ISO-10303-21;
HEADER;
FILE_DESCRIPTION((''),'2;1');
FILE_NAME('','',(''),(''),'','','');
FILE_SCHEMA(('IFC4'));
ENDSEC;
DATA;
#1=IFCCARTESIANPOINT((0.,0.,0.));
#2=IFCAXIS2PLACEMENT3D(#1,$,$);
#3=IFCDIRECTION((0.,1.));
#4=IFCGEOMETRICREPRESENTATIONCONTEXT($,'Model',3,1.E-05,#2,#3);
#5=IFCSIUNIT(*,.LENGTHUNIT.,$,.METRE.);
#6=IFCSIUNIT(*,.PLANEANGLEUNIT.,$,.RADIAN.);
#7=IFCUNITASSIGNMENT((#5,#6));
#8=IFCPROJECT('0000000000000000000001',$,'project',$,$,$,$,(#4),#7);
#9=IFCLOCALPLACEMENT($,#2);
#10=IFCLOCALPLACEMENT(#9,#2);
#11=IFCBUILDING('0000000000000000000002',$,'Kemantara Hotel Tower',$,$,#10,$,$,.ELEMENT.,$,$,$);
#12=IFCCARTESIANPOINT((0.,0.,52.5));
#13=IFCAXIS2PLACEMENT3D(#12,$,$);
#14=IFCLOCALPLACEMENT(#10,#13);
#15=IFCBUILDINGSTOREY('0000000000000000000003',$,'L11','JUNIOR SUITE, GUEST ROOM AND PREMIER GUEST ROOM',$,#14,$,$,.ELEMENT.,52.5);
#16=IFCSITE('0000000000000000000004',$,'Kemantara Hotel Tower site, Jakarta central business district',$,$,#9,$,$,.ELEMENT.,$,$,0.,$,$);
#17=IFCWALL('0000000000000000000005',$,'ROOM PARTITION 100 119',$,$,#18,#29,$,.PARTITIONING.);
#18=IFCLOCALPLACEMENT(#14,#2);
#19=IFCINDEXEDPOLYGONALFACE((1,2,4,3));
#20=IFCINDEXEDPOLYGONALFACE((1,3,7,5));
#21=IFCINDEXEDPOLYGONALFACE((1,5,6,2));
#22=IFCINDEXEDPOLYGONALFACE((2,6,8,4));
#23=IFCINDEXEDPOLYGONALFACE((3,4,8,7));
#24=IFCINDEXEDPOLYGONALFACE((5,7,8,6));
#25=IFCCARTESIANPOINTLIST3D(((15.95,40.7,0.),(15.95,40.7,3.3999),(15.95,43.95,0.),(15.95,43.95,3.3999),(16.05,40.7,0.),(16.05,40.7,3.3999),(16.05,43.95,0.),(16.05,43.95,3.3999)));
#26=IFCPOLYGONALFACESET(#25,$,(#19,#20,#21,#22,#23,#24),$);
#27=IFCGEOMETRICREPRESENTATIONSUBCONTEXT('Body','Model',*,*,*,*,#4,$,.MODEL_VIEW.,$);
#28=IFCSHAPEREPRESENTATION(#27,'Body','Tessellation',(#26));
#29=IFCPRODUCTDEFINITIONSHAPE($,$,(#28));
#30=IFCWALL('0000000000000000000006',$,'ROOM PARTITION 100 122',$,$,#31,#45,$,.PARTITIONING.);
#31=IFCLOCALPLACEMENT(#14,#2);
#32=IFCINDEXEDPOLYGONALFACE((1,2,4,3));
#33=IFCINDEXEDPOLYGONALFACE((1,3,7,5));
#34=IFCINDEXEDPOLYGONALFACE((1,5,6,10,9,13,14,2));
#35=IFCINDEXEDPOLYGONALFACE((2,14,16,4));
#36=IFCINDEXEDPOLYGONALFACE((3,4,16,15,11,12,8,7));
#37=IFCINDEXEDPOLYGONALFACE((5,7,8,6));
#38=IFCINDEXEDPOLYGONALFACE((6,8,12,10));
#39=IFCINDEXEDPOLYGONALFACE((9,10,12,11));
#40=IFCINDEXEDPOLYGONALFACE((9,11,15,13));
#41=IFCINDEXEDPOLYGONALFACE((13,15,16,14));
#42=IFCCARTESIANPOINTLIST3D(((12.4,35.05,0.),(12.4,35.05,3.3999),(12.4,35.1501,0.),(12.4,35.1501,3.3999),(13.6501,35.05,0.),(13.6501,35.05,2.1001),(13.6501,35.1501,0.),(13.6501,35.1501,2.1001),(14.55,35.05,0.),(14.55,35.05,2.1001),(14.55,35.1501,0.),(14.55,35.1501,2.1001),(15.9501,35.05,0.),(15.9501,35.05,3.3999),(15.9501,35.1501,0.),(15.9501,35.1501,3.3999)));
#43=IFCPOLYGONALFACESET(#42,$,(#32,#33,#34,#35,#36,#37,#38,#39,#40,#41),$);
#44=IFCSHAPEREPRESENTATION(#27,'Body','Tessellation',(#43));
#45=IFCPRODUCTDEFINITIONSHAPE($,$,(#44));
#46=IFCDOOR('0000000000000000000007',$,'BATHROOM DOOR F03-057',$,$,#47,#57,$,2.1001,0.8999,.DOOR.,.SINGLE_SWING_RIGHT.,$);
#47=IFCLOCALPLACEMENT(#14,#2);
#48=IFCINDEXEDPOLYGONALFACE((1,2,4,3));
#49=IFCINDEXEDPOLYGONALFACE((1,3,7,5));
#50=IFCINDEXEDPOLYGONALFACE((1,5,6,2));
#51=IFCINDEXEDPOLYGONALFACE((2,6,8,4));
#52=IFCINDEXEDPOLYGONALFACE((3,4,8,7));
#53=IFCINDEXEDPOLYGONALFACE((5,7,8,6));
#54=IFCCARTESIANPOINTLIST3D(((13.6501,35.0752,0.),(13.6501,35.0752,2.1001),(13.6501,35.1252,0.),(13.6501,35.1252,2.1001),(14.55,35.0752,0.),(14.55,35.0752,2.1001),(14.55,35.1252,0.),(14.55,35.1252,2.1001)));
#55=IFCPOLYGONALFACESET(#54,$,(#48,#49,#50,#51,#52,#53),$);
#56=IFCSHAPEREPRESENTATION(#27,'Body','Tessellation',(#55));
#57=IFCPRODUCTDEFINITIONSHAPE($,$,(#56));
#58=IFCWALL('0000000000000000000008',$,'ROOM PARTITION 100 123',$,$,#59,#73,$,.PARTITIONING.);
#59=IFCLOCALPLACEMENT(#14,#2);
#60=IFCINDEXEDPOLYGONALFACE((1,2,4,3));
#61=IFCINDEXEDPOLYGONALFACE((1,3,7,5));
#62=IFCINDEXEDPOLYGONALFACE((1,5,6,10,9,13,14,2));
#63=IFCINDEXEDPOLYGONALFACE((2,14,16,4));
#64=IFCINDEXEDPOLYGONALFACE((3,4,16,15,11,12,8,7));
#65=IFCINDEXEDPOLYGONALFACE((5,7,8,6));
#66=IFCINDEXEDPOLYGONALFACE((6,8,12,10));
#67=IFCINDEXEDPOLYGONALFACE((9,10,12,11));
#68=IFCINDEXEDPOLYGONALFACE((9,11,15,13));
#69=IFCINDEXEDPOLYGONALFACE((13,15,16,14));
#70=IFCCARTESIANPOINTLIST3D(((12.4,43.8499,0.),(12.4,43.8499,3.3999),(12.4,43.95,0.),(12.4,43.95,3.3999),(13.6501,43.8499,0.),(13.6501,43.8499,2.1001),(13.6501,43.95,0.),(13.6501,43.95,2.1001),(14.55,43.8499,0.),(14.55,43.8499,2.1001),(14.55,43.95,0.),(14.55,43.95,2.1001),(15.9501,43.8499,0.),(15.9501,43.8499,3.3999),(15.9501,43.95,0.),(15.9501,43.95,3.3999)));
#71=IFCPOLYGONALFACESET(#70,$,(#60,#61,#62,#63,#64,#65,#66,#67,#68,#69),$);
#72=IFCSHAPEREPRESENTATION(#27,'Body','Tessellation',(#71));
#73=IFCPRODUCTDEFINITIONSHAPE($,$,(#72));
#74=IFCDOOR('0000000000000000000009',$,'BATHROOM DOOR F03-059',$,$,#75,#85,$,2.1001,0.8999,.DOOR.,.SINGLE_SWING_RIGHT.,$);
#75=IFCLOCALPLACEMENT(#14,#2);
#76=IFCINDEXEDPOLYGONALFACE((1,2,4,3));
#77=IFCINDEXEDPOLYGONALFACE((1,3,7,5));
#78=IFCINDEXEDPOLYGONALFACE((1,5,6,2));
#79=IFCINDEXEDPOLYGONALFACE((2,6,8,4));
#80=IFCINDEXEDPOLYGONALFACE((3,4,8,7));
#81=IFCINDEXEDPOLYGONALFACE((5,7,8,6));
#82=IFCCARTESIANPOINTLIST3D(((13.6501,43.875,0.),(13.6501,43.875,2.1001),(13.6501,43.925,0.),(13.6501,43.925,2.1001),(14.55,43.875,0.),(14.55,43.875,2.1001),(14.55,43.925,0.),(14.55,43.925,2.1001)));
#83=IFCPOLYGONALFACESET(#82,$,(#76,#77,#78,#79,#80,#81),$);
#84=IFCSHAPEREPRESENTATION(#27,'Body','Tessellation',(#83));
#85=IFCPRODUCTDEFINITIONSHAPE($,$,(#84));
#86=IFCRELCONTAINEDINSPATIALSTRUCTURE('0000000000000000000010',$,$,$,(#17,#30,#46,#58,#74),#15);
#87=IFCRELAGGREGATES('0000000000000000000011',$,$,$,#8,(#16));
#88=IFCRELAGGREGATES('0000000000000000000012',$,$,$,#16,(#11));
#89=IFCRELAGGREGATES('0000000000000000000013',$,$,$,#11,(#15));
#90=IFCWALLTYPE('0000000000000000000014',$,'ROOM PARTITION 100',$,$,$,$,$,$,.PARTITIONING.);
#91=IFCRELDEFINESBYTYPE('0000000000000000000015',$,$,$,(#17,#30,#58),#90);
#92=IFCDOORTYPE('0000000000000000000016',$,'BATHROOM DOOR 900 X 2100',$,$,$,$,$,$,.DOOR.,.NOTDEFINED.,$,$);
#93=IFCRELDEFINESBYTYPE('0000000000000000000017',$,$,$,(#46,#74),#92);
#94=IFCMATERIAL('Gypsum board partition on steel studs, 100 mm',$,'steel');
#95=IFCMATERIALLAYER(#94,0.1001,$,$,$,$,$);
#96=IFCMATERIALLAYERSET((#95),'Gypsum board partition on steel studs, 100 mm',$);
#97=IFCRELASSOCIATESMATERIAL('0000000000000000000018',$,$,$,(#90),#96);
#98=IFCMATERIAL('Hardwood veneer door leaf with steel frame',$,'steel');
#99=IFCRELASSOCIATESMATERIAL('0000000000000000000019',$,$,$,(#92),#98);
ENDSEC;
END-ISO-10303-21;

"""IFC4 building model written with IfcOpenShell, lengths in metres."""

from ifc_helpers import new_model, si_unit, direction, frame, frame_2d, origin, place, context, subcontext, project, spatial, rectangle, extrude, material, layer, layer_set, type_object, element, fill, save


model = new_model("IFC4")

# Units and contexts
model_context = context("Model", 3, precision=1e-05, world=origin(), true_north=direction((0.0, 1.0)))
body_context = subcontext(model_context, "Body", "Model", "MODEL_VIEW")
ifc_project = project(units=[si_unit("LENGTHUNIT", "METRE"), si_unit("PLANEANGLEUNIT", "RADIAN")], contexts=[model_context])

# Site, building, storey
site_placement = place(None, origin())
site = spatial("IfcSite", under=ifc_project, at=site_placement, Name="Kemantara Hotel Tower site, Jakarta central business district", CompositionType="ELEMENT", RefElevation=0.0)
building_placement = place(site_placement, origin())
building = spatial("IfcBuilding", under=site, at=building_placement, Name="Kemantara Hotel Tower", CompositionType="ELEMENT")
storey_placement = place(building_placement, frame((0.0, 0.0, 52.5)))
storey = spatial("IfcBuildingStorey", under=building, at=storey_placement, Name="L11", Description="JUNIOR SUITE, GUEST ROOM AND PREMIER GUEST ROOM", CompositionType="ELEMENT", Elevation=52.5)

# Shared definitions
ifc_material_1 = material(Name="Hardwood veneer door leaf with steel frame", Category="steel")

# Shared definitions
ifc_material_2 = material(Name="Gypsum board partition on steel studs, 100 mm", Category="steel")
ifc_layer_1 = layer(ifc_material_2, 0.1001)
ifc_layer_set_1 = layer_set([ifc_layer_1], Name="Gypsum board partition on steel studs, 100 mm")
wall_type_1 = type_object("IfcWallType", Name="ROOM PARTITION 100", PredefinedType="PARTITIONING", material=ifc_layer_set_1)
door_type_1 = type_object("IfcDoorType", Name="BATHROOM DOOR 900 X 2100", OperationType="NOTDEFINED", PredefinedType="DOOR", material=ifc_material_1)

# Wall
for number, where, z_axis, x_axis, name in (
    (1, (16.0, 40.7, 0.0), (0.0, 0.0, 1.0), (0.0, 1.0, 0.0), "ROOM PARTITION 100 119"),
):
    element("IfcWall", number, at=place(storey_placement, frame(where, z_axis=z_axis, x_axis=x_axis)), inside=storey, type_object=wall_type_1, Name=name, PredefinedType="PARTITIONING", context=body_context, shape_type="SweptSolid", body=[
        extrude(rectangle(XDim=3.25, YDim=0.1001, at=frame_2d((1.625, 0.0))), origin(), (0.0, 0.0, 1.0), 3.3999),
    ])

# Walls, openings, doors
wall_1_placement = place(storey_placement, frame((15.95, 35.1001, 0.0), z_axis=(0.0, 0.0, 1.0), x_axis=(-1.0, 0.0, 0.0)))
wall_1 = element("IfcWall", 2, at=wall_1_placement, inside=storey, type_object=wall_type_1, Name="ROOM PARTITION 100 122", PredefinedType="PARTITIONING", context=body_context, shape_type="SweptSolid", body=[
    extrude(rectangle(XDim=3.55, YDim=0.1001, at=frame_2d((1.7749, 0.0))), origin(), (0.0, 0.0, 1.0), 3.3999),
])
opening_1_placement = place(wall_1_placement, frame((1.3999, 0.0, 0.0)))
opening_1 = element("IfcOpeningElement", 3, at=opening_1_placement, cuts=wall_1, PredefinedType="OPENING", context=body_context, shape_type="SweptSolid", body=[
    extrude(rectangle(XDim=0.8999, YDim=2.1001, at=frame_2d((0.45, 1.05))), frame((0.0, 0.0601, 0.0), z_axis=(0.0, -1.0, 0.0), x_axis=(1.0, 0.0, 0.0)), (0.0, 0.0, 1.0), 0.1201),
])
door_1_placement = place(opening_1_placement, origin())
door_1 = element("IfcDoor", 4, at=door_1_placement, inside=storey, type_object=door_type_1, Name="BATHROOM DOOR F03-057", OperationType="SINGLE_SWING_RIGHT", OverallHeight=2.1001, OverallWidth=0.8999, PredefinedType="DOOR", context=body_context, shape_type="SweptSolid", body=[
    extrude(rectangle(XDim=0.8999, YDim=2.1001, at=frame_2d((0.45, 1.05))), frame((0.0, 0.0249, 0.0), z_axis=(0.0, -1.0, 0.0), x_axis=(1.0, 0.0, 0.0)), (0.0, 0.0, 1.0), 0.05),
])
fill(opening_1, door_1)
wall_2_placement = place(storey_placement, frame((15.95, 43.8999, 0.0), z_axis=(0.0, 0.0, 1.0), x_axis=(-1.0, 0.0, 0.0)))
wall_2 = element("IfcWall", 5, at=wall_2_placement, inside=storey, type_object=wall_type_1, Name="ROOM PARTITION 100 123", PredefinedType="PARTITIONING", context=body_context, shape_type="SweptSolid", body=[
    extrude(rectangle(XDim=3.55, YDim=0.1001, at=frame_2d((1.7749, 0.0))), origin(), (0.0, 0.0, 1.0), 3.3999),
])
opening_2_placement = place(wall_2_placement, frame((1.3999, 0.0, 0.0)))
opening_2 = element("IfcOpeningElement", 6, at=opening_2_placement, cuts=wall_2, PredefinedType="OPENING", context=body_context, shape_type="SweptSolid", body=[
    extrude(rectangle(XDim=0.8999, YDim=2.1001, at=frame_2d((0.45, 1.05))), frame((0.0, 0.0601, 0.0), z_axis=(0.0, -1.0, 0.0), x_axis=(1.0, 0.0, 0.0)), (0.0, 0.0, 1.0), 0.1201),
])
door_2_placement = place(opening_2_placement, origin())
door_2 = element("IfcDoor", 7, at=door_2_placement, inside=storey, type_object=door_type_1, Name="BATHROOM DOOR F03-059", OperationType="SINGLE_SWING_RIGHT", OverallHeight=2.1001, OverallWidth=0.8999, PredefinedType="DOOR", context=body_context, shape_type="SweptSolid", body=[
    extrude(rectangle(XDim=0.8999, YDim=2.1001, at=frame_2d((0.45, 1.05))), frame((0.0, 0.0249, 0.0), z_axis=(0.0, -1.0, 0.0), x_axis=(1.0, 0.0, 0.0)), (0.0, 0.0, 1.0), 0.05),
])
fill(opening_2, door_2)

save(model, "model.ifc")
